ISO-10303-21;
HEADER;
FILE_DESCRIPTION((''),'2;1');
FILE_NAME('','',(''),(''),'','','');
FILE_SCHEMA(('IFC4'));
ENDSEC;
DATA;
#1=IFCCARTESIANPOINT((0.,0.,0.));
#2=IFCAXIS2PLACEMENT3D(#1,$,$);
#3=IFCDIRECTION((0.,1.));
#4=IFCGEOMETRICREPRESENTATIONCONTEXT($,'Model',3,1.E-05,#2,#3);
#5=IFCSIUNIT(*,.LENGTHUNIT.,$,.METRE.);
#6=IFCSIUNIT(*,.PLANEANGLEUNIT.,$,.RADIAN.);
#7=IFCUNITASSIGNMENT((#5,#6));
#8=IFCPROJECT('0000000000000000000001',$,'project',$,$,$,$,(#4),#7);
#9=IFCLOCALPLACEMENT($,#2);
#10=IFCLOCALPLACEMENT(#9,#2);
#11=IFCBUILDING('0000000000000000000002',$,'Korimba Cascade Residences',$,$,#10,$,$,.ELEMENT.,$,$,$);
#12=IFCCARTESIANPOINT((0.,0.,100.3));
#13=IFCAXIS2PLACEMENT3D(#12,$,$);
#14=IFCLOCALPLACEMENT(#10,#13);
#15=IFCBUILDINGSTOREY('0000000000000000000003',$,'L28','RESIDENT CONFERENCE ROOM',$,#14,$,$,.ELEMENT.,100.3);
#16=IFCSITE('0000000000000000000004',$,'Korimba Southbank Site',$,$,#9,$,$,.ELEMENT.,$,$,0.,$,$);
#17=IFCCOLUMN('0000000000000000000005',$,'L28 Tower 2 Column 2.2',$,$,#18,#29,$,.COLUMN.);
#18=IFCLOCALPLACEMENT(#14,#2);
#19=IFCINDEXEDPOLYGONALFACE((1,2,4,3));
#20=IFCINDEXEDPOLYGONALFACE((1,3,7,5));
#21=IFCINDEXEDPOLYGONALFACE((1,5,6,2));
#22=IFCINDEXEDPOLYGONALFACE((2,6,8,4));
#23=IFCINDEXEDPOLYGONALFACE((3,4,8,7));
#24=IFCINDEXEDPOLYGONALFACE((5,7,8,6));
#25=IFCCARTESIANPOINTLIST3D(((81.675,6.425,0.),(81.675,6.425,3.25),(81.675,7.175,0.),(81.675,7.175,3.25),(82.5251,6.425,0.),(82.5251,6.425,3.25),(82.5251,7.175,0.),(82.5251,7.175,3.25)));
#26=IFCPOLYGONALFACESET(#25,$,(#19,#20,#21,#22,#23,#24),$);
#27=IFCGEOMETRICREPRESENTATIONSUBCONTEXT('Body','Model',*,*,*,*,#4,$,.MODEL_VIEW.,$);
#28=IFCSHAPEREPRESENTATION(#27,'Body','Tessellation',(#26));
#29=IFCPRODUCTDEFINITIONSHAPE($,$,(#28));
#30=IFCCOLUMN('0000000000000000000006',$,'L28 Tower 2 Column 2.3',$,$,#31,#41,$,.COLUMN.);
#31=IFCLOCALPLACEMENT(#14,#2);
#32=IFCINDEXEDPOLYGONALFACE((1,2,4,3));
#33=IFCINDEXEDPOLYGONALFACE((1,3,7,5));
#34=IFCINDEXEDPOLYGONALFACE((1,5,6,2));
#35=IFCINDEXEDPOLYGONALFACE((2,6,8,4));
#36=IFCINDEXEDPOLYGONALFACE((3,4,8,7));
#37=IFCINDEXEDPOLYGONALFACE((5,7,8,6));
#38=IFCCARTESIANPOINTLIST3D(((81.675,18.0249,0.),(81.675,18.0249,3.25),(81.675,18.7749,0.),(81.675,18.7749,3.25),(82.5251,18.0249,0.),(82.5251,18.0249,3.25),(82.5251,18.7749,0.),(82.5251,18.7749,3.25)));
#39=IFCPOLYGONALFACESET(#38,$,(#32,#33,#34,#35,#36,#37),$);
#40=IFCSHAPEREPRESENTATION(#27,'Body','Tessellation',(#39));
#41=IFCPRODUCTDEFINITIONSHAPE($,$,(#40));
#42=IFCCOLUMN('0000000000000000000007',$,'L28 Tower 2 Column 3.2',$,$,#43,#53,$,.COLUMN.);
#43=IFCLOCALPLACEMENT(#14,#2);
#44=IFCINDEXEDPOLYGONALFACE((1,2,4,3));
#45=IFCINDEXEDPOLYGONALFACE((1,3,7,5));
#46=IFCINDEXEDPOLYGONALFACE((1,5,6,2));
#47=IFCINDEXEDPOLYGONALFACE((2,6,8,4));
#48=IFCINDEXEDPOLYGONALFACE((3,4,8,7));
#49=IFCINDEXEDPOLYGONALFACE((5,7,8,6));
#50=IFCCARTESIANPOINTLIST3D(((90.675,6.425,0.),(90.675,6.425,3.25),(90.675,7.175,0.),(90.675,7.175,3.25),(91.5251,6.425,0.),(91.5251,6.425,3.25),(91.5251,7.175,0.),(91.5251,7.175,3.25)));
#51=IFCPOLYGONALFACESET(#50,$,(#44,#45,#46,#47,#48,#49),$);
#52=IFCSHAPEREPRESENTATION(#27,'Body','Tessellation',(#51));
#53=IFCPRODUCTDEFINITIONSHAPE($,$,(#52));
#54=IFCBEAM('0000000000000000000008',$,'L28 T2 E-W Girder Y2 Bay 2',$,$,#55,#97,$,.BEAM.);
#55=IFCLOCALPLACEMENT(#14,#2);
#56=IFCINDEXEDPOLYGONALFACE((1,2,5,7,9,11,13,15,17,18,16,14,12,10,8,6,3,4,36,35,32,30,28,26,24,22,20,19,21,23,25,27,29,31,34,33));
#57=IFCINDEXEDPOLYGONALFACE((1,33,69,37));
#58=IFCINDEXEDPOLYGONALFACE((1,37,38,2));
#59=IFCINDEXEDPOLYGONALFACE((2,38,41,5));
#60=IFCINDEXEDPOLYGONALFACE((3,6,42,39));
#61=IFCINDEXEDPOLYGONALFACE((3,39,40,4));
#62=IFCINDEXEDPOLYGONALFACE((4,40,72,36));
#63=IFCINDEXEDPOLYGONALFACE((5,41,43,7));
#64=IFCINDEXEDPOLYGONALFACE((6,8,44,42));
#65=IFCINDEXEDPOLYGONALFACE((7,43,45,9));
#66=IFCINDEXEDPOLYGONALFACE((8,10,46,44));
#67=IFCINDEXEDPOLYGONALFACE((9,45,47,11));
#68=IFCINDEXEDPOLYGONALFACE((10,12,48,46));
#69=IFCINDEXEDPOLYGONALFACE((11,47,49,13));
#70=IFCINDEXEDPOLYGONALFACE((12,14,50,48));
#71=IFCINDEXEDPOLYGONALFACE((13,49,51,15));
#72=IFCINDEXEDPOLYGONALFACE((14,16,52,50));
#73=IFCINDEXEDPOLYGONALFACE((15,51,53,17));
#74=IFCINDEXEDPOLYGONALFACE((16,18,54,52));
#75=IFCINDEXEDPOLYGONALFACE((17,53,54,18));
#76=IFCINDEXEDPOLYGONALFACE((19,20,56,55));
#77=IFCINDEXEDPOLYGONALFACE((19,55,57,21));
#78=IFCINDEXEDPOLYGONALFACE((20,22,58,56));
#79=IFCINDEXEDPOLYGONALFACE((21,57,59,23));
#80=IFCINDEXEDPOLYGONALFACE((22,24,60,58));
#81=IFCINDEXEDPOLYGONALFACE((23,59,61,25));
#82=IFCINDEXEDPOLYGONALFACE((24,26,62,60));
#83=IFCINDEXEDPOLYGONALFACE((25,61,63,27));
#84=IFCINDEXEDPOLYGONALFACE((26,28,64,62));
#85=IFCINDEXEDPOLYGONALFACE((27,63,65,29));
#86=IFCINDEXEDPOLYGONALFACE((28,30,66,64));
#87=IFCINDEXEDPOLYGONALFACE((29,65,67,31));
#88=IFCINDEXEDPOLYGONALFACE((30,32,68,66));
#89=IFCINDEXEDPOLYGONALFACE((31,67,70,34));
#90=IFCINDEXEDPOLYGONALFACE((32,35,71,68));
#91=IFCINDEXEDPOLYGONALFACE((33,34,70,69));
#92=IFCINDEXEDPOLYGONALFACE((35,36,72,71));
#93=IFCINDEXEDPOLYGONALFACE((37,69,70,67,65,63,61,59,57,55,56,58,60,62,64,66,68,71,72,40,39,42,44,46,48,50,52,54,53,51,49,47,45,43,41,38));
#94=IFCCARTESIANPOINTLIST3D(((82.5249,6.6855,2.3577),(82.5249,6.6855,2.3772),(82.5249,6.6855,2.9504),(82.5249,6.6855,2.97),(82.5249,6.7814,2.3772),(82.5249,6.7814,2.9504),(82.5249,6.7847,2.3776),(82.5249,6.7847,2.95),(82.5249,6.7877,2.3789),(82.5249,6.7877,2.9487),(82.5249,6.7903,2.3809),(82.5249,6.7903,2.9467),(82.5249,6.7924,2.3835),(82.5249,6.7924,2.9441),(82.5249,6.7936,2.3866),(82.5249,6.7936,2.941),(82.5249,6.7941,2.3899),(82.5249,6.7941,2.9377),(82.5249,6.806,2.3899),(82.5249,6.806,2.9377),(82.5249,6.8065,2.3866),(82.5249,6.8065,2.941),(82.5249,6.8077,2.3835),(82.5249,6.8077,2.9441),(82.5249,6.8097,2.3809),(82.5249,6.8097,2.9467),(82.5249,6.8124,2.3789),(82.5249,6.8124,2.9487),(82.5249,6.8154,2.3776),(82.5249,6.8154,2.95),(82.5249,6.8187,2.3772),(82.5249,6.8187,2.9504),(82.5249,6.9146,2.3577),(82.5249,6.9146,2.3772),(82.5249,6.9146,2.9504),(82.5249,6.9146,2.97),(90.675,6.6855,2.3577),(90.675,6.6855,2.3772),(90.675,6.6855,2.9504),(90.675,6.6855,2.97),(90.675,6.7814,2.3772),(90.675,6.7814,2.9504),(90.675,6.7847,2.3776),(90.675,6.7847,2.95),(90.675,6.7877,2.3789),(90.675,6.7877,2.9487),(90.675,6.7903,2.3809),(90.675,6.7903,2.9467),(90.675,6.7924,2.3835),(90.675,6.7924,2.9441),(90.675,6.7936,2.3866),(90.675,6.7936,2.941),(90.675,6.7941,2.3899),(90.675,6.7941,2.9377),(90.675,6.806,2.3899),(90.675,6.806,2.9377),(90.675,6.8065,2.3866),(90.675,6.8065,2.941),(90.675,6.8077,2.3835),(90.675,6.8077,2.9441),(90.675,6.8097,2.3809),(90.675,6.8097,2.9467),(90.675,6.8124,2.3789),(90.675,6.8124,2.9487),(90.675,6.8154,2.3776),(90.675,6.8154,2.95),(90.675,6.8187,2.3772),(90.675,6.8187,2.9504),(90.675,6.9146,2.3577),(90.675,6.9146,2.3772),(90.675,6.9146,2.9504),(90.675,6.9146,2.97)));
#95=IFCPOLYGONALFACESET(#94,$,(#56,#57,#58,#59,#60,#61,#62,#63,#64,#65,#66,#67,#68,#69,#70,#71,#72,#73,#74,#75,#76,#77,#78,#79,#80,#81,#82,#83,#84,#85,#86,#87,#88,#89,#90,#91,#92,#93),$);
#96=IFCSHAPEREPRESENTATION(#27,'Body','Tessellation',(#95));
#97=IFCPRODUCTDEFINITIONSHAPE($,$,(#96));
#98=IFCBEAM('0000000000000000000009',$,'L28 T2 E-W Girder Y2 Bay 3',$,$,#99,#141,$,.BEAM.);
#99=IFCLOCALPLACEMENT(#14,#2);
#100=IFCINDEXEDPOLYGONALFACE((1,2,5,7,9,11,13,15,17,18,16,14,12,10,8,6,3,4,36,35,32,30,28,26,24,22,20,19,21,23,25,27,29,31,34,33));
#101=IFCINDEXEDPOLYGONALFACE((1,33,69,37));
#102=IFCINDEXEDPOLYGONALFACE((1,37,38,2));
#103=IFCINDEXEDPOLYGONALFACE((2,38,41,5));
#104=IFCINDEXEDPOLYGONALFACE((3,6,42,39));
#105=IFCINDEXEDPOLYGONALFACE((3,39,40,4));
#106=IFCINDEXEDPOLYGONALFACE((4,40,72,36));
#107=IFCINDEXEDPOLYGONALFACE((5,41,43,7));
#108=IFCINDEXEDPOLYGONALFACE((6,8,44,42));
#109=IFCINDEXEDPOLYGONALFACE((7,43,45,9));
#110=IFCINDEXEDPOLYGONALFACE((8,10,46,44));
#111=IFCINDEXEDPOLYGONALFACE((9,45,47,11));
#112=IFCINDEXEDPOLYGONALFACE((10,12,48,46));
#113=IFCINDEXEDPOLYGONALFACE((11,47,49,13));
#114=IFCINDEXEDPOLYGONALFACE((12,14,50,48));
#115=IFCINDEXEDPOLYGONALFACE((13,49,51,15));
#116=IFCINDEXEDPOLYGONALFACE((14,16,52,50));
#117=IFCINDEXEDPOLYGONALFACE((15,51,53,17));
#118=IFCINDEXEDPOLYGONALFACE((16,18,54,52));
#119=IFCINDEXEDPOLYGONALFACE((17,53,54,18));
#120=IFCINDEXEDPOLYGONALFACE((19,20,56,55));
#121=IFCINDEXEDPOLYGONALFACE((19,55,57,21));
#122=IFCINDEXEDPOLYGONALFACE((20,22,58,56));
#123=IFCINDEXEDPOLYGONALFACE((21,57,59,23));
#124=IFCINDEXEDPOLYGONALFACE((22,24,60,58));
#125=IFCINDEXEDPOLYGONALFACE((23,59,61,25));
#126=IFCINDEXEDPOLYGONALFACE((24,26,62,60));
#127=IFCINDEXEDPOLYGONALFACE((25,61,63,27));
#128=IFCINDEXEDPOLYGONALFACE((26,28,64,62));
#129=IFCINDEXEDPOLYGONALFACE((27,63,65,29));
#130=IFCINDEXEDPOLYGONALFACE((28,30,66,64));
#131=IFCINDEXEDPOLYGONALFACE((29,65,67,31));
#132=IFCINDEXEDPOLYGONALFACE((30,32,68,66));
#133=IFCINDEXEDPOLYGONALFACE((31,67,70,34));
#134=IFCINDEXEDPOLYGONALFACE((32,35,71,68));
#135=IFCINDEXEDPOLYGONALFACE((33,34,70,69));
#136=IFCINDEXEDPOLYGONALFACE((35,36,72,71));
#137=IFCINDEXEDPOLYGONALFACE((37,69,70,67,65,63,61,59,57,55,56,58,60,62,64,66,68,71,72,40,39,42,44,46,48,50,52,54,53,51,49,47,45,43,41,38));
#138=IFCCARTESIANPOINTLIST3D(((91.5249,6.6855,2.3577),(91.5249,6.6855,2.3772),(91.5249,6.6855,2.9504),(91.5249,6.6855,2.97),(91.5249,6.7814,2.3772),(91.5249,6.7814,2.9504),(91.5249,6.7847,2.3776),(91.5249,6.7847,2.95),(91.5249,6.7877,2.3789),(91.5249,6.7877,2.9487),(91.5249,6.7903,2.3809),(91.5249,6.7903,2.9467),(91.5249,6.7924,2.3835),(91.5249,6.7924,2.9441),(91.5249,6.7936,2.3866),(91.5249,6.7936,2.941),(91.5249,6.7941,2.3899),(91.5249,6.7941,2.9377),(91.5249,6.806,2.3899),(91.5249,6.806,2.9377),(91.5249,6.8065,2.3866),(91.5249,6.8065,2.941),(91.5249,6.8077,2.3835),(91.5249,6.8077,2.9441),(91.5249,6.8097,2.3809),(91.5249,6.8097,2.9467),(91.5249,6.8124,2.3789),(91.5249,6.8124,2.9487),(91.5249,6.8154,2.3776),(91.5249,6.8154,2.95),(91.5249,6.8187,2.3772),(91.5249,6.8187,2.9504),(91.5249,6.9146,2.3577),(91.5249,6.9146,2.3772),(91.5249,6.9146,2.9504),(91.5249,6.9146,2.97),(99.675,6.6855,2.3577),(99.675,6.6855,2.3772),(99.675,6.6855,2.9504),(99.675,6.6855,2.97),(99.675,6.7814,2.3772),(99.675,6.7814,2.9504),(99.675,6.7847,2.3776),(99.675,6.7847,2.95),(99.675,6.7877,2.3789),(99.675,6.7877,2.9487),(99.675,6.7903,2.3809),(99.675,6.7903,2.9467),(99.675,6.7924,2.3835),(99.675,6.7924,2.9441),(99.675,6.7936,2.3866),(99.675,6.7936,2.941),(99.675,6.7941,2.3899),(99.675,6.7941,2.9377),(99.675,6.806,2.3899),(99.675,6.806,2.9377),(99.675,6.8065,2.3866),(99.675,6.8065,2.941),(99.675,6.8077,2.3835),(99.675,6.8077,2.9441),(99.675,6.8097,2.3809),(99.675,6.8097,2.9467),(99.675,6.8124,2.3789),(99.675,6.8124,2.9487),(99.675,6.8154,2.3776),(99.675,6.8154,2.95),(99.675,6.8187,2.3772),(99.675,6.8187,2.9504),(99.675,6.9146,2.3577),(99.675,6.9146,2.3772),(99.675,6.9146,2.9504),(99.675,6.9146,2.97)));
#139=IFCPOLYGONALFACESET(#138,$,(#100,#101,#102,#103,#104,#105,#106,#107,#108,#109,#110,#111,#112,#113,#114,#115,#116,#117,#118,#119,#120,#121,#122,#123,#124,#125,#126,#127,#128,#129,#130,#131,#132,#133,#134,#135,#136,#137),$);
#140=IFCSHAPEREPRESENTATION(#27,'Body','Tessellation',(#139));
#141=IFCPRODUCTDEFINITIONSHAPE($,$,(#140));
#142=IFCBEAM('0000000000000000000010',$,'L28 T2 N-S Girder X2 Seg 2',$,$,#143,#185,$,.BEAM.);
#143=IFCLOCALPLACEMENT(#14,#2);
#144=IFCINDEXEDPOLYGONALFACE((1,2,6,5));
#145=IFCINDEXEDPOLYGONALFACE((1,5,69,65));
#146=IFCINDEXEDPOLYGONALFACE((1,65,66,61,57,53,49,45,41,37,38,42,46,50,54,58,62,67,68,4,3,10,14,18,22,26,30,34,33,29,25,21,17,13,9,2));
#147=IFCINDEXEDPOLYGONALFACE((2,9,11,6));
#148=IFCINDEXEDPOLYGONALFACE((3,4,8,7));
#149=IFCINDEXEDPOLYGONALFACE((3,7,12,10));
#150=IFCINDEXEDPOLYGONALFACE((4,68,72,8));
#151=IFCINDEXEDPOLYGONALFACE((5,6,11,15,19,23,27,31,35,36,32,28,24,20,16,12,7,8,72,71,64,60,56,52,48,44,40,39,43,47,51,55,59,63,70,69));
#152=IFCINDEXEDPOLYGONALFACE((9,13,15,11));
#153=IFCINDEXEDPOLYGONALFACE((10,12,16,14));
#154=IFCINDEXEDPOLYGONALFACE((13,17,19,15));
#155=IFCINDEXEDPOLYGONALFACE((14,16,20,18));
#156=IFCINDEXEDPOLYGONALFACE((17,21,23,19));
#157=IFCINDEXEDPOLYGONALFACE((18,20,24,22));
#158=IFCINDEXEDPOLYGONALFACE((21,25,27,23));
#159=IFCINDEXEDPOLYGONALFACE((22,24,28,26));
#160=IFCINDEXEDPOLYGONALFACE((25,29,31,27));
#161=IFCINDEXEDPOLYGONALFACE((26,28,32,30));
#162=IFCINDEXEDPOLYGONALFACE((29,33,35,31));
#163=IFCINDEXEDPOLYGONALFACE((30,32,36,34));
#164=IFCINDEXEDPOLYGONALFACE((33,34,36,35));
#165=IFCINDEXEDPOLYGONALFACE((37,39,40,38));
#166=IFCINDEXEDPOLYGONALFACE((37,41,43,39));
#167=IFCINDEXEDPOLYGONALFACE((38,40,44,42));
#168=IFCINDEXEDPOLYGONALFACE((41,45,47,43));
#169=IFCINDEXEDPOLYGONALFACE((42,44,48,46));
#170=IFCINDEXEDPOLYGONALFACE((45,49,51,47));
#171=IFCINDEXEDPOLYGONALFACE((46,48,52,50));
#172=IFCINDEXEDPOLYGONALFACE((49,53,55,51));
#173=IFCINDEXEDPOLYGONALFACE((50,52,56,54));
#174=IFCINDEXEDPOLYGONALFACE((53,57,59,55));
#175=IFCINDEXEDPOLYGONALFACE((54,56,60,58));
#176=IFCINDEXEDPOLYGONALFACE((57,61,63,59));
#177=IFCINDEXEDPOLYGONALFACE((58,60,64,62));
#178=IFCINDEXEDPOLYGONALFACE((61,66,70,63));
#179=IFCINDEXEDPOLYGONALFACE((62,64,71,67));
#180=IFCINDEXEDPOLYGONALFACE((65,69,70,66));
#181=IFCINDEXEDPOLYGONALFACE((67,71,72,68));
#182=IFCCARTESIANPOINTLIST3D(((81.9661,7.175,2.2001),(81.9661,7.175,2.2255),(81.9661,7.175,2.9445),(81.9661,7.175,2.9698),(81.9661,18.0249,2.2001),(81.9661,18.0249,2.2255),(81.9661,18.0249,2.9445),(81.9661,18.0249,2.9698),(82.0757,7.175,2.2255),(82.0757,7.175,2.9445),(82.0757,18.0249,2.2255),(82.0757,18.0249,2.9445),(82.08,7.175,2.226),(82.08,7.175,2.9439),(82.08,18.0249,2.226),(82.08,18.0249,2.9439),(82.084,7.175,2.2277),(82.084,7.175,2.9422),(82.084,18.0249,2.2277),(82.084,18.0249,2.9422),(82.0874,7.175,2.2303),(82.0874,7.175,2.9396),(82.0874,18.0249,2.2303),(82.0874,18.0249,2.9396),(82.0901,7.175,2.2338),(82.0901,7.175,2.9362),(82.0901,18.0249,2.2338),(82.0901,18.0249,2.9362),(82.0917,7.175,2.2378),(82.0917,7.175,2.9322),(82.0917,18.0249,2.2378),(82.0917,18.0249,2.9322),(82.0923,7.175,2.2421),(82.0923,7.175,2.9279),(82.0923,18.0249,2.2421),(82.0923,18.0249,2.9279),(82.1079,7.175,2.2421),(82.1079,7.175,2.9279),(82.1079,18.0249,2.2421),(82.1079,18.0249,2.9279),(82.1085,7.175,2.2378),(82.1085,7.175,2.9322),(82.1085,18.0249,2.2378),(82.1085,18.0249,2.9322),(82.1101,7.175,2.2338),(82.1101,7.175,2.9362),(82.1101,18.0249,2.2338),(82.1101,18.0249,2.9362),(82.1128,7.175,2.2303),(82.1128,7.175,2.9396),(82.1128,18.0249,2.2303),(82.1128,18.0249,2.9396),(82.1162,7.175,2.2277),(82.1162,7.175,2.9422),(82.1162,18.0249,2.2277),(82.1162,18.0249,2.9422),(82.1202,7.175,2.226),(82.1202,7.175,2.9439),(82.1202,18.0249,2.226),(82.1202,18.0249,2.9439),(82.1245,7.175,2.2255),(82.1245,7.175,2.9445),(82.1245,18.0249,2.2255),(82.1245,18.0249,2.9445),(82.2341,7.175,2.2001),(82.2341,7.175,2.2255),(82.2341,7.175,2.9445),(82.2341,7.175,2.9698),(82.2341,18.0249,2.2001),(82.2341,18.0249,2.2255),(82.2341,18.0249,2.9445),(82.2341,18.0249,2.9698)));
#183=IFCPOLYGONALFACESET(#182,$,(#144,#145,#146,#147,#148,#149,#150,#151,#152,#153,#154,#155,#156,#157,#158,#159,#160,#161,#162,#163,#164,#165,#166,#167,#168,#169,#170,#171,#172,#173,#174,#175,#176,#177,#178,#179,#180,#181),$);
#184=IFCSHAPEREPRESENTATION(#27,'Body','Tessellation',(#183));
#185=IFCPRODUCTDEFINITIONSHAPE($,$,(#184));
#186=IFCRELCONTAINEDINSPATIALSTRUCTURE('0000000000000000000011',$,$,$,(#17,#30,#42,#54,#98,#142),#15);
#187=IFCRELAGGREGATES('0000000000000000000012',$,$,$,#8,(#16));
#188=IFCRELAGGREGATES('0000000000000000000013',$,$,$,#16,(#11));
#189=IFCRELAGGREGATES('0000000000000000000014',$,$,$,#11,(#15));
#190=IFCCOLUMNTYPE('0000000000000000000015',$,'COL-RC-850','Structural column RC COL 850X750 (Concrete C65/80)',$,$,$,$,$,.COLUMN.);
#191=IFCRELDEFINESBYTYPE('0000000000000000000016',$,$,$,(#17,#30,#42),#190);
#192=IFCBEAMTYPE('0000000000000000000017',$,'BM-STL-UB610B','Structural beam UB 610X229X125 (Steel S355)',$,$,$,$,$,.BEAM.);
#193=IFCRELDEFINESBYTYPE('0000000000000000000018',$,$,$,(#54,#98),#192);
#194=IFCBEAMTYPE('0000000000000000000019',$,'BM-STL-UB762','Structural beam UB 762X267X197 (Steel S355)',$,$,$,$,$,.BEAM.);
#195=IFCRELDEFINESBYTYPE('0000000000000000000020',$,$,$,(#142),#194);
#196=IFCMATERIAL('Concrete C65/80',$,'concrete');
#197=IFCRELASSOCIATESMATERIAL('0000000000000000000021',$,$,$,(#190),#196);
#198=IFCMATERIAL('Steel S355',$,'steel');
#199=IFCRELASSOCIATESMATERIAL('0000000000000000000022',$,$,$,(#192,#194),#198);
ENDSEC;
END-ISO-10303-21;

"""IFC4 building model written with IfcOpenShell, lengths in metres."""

from ifc_helpers import new_model, si_unit, direction, frame, origin, origin_2d, place, context, subcontext, project, spatial, rectangle, i_section, extrude, material, material_profile, profile_set, type_object, element, save


model = new_model("IFC4")

# Units and contexts
model_context = context("Model", 3, precision=1e-05, world=origin(), true_north=direction((0.0, 1.0)))
body_context = subcontext(model_context, "Body", "Model", "MODEL_VIEW")
ifc_project = project(units=[si_unit("LENGTHUNIT", "METRE"), si_unit("PLANEANGLEUNIT", "RADIAN")], contexts=[model_context])

# Site, building, storey
site_placement = place(None, origin())
site = spatial("IfcSite", under=ifc_project, at=site_placement, Name="Korimba Southbank Site", CompositionType="ELEMENT", RefElevation=0.0)
building_placement = place(site_placement, origin())
building = spatial("IfcBuilding", under=site, at=building_placement, Name="Korimba Cascade Residences", CompositionType="ELEMENT")
storey_placement = place(building_placement, frame((0.0, 0.0, 100.3)))
storey = spatial("IfcBuildingStorey", under=building, at=storey_placement, Name="L28", Description="RESIDENT CONFERENCE ROOM", CompositionType="ELEMENT", Elevation=100.3)

# Columns
ifc_material_1 = material(Name="Concrete C65/80", Category="concrete")
ifc_material_profile_1 = material_profile(ifc_material_1, rectangle(XDim=0.8501, YDim=0.75, at=origin_2d()), Name="Concrete C65/80")
ifc_profile_set_1 = profile_set([ifc_material_profile_1], Name="Concrete C65/80")
column_type = type_object("IfcColumnType", Name="COL-RC-850", Description="Structural column RC COL 850X750 (Concrete C65/80)", PredefinedType="COLUMN", material=ifc_profile_set_1)
for number, where, z_axis, x_axis, name in (
    (1, (82.1001, 6.8, 0.0), (0.0, 0.0, 1.0), (1.0, 0.0, 0.0), "L28 Tower 2 Column 2.2"),
    (2, (82.1001, 18.3999, 0.0), (0.0, 0.0, 1.0), (1.0, 0.0, 0.0), "L28 Tower 2 Column 2.3"),
    (3, (91.1001, 6.8, 0.0), (0.0, 0.0, 1.0), (1.0, 0.0, 0.0), "L28 Tower 2 Column 3.2"),
):
    element("IfcColumn", number, at=place(storey_placement, frame(where, z_axis=z_axis, x_axis=x_axis)), inside=storey, type_object=column_type, Name=name, PredefinedType="COLUMN", context=body_context, shape_type="SweptSolid", body=[
        extrude(rectangle(XDim=0.8501, YDim=0.75, at=origin_2d()), origin(), (0.0, 0.0, 1.0), 3.25),
    ])

# Beams
ifc_material_2 = material(Name="Steel S355", Category="steel")
ifc_material_profile_2 = material_profile(ifc_material_2, i_section(OverallWidth=0.229, OverallDepth=0.6123, WebThickness=0.012, FlangeThickness=0.0195, FilletRadius=0.0127, at=origin_2d()), Name="Steel S355")
ifc_profile_set_2 = profile_set([ifc_material_profile_2], Name="Steel S355")
beam_type_1 = type_object("IfcBeamType", Name="BM-STL-UB610B", Description="Structural beam UB 610X229X125 (Steel S355)", PredefinedType="BEAM", material=ifc_profile_set_2)
for number, where, z_axis, x_axis, name in (
    (4, (82.5249, 6.8, 2.6638), (1.0, 0.0, 0.0), (0.0, 1.0, 0.0), "L28 T2 E-W Girder Y2 Bay 2"),
    (5, (91.5249, 6.8, 2.6638), (1.0, 0.0, 0.0), (0.0, 1.0, 0.0), "L28 T2 E-W Girder Y2 Bay 3"),
):
    element("IfcBeam", number, at=place(storey_placement, frame(where, z_axis=z_axis, x_axis=x_axis)), inside=storey, type_object=beam_type_1, Name=name, PredefinedType="BEAM", context=body_context, shape_type="SweptSolid", body=[
        extrude(i_section(OverallWidth=0.229, OverallDepth=0.6123, WebThickness=0.012, FlangeThickness=0.0195, FilletRadius=0.0127, at=origin_2d()), origin(), (0.0, 0.0, 1.0), 8.1501),
    ])
ifc_material_profile_3 = material_profile(ifc_material_2, i_section(OverallWidth=0.2681, OverallDepth=0.7698, WebThickness=0.0156, FlangeThickness=0.0254, FilletRadius=0.0166, at=origin_2d()), Name="Steel S355")
ifc_profile_set_3 = profile_set([ifc_material_profile_3], Name="Steel S355")
beam_type_2 = type_object("IfcBeamType", Name="BM-STL-UB762", Description="Structural beam UB 762X267X197 (Steel S355)", PredefinedType="BEAM", material=ifc_profile_set_3)
beam_1_placement = place(storey_placement, frame((82.1001, 7.175, 2.585), z_axis=(0.0, 1.0, 0.0), x_axis=(-1.0, 0.0, 0.0)))
element("IfcBeam", 6, at=beam_1_placement, inside=storey, type_object=beam_type_2, Name="L28 T2 N-S Girder X2 Seg 2", PredefinedType="BEAM", context=body_context, shape_type="SweptSolid", body=[
    extrude(i_section(OverallWidth=0.2681, OverallDepth=0.7698, WebThickness=0.0156, FlangeThickness=0.0254, FilletRadius=0.0166, at=origin_2d()), origin(), (0.0, 0.0, 1.0), 10.8499),
])

save(model, "model.ifc")
